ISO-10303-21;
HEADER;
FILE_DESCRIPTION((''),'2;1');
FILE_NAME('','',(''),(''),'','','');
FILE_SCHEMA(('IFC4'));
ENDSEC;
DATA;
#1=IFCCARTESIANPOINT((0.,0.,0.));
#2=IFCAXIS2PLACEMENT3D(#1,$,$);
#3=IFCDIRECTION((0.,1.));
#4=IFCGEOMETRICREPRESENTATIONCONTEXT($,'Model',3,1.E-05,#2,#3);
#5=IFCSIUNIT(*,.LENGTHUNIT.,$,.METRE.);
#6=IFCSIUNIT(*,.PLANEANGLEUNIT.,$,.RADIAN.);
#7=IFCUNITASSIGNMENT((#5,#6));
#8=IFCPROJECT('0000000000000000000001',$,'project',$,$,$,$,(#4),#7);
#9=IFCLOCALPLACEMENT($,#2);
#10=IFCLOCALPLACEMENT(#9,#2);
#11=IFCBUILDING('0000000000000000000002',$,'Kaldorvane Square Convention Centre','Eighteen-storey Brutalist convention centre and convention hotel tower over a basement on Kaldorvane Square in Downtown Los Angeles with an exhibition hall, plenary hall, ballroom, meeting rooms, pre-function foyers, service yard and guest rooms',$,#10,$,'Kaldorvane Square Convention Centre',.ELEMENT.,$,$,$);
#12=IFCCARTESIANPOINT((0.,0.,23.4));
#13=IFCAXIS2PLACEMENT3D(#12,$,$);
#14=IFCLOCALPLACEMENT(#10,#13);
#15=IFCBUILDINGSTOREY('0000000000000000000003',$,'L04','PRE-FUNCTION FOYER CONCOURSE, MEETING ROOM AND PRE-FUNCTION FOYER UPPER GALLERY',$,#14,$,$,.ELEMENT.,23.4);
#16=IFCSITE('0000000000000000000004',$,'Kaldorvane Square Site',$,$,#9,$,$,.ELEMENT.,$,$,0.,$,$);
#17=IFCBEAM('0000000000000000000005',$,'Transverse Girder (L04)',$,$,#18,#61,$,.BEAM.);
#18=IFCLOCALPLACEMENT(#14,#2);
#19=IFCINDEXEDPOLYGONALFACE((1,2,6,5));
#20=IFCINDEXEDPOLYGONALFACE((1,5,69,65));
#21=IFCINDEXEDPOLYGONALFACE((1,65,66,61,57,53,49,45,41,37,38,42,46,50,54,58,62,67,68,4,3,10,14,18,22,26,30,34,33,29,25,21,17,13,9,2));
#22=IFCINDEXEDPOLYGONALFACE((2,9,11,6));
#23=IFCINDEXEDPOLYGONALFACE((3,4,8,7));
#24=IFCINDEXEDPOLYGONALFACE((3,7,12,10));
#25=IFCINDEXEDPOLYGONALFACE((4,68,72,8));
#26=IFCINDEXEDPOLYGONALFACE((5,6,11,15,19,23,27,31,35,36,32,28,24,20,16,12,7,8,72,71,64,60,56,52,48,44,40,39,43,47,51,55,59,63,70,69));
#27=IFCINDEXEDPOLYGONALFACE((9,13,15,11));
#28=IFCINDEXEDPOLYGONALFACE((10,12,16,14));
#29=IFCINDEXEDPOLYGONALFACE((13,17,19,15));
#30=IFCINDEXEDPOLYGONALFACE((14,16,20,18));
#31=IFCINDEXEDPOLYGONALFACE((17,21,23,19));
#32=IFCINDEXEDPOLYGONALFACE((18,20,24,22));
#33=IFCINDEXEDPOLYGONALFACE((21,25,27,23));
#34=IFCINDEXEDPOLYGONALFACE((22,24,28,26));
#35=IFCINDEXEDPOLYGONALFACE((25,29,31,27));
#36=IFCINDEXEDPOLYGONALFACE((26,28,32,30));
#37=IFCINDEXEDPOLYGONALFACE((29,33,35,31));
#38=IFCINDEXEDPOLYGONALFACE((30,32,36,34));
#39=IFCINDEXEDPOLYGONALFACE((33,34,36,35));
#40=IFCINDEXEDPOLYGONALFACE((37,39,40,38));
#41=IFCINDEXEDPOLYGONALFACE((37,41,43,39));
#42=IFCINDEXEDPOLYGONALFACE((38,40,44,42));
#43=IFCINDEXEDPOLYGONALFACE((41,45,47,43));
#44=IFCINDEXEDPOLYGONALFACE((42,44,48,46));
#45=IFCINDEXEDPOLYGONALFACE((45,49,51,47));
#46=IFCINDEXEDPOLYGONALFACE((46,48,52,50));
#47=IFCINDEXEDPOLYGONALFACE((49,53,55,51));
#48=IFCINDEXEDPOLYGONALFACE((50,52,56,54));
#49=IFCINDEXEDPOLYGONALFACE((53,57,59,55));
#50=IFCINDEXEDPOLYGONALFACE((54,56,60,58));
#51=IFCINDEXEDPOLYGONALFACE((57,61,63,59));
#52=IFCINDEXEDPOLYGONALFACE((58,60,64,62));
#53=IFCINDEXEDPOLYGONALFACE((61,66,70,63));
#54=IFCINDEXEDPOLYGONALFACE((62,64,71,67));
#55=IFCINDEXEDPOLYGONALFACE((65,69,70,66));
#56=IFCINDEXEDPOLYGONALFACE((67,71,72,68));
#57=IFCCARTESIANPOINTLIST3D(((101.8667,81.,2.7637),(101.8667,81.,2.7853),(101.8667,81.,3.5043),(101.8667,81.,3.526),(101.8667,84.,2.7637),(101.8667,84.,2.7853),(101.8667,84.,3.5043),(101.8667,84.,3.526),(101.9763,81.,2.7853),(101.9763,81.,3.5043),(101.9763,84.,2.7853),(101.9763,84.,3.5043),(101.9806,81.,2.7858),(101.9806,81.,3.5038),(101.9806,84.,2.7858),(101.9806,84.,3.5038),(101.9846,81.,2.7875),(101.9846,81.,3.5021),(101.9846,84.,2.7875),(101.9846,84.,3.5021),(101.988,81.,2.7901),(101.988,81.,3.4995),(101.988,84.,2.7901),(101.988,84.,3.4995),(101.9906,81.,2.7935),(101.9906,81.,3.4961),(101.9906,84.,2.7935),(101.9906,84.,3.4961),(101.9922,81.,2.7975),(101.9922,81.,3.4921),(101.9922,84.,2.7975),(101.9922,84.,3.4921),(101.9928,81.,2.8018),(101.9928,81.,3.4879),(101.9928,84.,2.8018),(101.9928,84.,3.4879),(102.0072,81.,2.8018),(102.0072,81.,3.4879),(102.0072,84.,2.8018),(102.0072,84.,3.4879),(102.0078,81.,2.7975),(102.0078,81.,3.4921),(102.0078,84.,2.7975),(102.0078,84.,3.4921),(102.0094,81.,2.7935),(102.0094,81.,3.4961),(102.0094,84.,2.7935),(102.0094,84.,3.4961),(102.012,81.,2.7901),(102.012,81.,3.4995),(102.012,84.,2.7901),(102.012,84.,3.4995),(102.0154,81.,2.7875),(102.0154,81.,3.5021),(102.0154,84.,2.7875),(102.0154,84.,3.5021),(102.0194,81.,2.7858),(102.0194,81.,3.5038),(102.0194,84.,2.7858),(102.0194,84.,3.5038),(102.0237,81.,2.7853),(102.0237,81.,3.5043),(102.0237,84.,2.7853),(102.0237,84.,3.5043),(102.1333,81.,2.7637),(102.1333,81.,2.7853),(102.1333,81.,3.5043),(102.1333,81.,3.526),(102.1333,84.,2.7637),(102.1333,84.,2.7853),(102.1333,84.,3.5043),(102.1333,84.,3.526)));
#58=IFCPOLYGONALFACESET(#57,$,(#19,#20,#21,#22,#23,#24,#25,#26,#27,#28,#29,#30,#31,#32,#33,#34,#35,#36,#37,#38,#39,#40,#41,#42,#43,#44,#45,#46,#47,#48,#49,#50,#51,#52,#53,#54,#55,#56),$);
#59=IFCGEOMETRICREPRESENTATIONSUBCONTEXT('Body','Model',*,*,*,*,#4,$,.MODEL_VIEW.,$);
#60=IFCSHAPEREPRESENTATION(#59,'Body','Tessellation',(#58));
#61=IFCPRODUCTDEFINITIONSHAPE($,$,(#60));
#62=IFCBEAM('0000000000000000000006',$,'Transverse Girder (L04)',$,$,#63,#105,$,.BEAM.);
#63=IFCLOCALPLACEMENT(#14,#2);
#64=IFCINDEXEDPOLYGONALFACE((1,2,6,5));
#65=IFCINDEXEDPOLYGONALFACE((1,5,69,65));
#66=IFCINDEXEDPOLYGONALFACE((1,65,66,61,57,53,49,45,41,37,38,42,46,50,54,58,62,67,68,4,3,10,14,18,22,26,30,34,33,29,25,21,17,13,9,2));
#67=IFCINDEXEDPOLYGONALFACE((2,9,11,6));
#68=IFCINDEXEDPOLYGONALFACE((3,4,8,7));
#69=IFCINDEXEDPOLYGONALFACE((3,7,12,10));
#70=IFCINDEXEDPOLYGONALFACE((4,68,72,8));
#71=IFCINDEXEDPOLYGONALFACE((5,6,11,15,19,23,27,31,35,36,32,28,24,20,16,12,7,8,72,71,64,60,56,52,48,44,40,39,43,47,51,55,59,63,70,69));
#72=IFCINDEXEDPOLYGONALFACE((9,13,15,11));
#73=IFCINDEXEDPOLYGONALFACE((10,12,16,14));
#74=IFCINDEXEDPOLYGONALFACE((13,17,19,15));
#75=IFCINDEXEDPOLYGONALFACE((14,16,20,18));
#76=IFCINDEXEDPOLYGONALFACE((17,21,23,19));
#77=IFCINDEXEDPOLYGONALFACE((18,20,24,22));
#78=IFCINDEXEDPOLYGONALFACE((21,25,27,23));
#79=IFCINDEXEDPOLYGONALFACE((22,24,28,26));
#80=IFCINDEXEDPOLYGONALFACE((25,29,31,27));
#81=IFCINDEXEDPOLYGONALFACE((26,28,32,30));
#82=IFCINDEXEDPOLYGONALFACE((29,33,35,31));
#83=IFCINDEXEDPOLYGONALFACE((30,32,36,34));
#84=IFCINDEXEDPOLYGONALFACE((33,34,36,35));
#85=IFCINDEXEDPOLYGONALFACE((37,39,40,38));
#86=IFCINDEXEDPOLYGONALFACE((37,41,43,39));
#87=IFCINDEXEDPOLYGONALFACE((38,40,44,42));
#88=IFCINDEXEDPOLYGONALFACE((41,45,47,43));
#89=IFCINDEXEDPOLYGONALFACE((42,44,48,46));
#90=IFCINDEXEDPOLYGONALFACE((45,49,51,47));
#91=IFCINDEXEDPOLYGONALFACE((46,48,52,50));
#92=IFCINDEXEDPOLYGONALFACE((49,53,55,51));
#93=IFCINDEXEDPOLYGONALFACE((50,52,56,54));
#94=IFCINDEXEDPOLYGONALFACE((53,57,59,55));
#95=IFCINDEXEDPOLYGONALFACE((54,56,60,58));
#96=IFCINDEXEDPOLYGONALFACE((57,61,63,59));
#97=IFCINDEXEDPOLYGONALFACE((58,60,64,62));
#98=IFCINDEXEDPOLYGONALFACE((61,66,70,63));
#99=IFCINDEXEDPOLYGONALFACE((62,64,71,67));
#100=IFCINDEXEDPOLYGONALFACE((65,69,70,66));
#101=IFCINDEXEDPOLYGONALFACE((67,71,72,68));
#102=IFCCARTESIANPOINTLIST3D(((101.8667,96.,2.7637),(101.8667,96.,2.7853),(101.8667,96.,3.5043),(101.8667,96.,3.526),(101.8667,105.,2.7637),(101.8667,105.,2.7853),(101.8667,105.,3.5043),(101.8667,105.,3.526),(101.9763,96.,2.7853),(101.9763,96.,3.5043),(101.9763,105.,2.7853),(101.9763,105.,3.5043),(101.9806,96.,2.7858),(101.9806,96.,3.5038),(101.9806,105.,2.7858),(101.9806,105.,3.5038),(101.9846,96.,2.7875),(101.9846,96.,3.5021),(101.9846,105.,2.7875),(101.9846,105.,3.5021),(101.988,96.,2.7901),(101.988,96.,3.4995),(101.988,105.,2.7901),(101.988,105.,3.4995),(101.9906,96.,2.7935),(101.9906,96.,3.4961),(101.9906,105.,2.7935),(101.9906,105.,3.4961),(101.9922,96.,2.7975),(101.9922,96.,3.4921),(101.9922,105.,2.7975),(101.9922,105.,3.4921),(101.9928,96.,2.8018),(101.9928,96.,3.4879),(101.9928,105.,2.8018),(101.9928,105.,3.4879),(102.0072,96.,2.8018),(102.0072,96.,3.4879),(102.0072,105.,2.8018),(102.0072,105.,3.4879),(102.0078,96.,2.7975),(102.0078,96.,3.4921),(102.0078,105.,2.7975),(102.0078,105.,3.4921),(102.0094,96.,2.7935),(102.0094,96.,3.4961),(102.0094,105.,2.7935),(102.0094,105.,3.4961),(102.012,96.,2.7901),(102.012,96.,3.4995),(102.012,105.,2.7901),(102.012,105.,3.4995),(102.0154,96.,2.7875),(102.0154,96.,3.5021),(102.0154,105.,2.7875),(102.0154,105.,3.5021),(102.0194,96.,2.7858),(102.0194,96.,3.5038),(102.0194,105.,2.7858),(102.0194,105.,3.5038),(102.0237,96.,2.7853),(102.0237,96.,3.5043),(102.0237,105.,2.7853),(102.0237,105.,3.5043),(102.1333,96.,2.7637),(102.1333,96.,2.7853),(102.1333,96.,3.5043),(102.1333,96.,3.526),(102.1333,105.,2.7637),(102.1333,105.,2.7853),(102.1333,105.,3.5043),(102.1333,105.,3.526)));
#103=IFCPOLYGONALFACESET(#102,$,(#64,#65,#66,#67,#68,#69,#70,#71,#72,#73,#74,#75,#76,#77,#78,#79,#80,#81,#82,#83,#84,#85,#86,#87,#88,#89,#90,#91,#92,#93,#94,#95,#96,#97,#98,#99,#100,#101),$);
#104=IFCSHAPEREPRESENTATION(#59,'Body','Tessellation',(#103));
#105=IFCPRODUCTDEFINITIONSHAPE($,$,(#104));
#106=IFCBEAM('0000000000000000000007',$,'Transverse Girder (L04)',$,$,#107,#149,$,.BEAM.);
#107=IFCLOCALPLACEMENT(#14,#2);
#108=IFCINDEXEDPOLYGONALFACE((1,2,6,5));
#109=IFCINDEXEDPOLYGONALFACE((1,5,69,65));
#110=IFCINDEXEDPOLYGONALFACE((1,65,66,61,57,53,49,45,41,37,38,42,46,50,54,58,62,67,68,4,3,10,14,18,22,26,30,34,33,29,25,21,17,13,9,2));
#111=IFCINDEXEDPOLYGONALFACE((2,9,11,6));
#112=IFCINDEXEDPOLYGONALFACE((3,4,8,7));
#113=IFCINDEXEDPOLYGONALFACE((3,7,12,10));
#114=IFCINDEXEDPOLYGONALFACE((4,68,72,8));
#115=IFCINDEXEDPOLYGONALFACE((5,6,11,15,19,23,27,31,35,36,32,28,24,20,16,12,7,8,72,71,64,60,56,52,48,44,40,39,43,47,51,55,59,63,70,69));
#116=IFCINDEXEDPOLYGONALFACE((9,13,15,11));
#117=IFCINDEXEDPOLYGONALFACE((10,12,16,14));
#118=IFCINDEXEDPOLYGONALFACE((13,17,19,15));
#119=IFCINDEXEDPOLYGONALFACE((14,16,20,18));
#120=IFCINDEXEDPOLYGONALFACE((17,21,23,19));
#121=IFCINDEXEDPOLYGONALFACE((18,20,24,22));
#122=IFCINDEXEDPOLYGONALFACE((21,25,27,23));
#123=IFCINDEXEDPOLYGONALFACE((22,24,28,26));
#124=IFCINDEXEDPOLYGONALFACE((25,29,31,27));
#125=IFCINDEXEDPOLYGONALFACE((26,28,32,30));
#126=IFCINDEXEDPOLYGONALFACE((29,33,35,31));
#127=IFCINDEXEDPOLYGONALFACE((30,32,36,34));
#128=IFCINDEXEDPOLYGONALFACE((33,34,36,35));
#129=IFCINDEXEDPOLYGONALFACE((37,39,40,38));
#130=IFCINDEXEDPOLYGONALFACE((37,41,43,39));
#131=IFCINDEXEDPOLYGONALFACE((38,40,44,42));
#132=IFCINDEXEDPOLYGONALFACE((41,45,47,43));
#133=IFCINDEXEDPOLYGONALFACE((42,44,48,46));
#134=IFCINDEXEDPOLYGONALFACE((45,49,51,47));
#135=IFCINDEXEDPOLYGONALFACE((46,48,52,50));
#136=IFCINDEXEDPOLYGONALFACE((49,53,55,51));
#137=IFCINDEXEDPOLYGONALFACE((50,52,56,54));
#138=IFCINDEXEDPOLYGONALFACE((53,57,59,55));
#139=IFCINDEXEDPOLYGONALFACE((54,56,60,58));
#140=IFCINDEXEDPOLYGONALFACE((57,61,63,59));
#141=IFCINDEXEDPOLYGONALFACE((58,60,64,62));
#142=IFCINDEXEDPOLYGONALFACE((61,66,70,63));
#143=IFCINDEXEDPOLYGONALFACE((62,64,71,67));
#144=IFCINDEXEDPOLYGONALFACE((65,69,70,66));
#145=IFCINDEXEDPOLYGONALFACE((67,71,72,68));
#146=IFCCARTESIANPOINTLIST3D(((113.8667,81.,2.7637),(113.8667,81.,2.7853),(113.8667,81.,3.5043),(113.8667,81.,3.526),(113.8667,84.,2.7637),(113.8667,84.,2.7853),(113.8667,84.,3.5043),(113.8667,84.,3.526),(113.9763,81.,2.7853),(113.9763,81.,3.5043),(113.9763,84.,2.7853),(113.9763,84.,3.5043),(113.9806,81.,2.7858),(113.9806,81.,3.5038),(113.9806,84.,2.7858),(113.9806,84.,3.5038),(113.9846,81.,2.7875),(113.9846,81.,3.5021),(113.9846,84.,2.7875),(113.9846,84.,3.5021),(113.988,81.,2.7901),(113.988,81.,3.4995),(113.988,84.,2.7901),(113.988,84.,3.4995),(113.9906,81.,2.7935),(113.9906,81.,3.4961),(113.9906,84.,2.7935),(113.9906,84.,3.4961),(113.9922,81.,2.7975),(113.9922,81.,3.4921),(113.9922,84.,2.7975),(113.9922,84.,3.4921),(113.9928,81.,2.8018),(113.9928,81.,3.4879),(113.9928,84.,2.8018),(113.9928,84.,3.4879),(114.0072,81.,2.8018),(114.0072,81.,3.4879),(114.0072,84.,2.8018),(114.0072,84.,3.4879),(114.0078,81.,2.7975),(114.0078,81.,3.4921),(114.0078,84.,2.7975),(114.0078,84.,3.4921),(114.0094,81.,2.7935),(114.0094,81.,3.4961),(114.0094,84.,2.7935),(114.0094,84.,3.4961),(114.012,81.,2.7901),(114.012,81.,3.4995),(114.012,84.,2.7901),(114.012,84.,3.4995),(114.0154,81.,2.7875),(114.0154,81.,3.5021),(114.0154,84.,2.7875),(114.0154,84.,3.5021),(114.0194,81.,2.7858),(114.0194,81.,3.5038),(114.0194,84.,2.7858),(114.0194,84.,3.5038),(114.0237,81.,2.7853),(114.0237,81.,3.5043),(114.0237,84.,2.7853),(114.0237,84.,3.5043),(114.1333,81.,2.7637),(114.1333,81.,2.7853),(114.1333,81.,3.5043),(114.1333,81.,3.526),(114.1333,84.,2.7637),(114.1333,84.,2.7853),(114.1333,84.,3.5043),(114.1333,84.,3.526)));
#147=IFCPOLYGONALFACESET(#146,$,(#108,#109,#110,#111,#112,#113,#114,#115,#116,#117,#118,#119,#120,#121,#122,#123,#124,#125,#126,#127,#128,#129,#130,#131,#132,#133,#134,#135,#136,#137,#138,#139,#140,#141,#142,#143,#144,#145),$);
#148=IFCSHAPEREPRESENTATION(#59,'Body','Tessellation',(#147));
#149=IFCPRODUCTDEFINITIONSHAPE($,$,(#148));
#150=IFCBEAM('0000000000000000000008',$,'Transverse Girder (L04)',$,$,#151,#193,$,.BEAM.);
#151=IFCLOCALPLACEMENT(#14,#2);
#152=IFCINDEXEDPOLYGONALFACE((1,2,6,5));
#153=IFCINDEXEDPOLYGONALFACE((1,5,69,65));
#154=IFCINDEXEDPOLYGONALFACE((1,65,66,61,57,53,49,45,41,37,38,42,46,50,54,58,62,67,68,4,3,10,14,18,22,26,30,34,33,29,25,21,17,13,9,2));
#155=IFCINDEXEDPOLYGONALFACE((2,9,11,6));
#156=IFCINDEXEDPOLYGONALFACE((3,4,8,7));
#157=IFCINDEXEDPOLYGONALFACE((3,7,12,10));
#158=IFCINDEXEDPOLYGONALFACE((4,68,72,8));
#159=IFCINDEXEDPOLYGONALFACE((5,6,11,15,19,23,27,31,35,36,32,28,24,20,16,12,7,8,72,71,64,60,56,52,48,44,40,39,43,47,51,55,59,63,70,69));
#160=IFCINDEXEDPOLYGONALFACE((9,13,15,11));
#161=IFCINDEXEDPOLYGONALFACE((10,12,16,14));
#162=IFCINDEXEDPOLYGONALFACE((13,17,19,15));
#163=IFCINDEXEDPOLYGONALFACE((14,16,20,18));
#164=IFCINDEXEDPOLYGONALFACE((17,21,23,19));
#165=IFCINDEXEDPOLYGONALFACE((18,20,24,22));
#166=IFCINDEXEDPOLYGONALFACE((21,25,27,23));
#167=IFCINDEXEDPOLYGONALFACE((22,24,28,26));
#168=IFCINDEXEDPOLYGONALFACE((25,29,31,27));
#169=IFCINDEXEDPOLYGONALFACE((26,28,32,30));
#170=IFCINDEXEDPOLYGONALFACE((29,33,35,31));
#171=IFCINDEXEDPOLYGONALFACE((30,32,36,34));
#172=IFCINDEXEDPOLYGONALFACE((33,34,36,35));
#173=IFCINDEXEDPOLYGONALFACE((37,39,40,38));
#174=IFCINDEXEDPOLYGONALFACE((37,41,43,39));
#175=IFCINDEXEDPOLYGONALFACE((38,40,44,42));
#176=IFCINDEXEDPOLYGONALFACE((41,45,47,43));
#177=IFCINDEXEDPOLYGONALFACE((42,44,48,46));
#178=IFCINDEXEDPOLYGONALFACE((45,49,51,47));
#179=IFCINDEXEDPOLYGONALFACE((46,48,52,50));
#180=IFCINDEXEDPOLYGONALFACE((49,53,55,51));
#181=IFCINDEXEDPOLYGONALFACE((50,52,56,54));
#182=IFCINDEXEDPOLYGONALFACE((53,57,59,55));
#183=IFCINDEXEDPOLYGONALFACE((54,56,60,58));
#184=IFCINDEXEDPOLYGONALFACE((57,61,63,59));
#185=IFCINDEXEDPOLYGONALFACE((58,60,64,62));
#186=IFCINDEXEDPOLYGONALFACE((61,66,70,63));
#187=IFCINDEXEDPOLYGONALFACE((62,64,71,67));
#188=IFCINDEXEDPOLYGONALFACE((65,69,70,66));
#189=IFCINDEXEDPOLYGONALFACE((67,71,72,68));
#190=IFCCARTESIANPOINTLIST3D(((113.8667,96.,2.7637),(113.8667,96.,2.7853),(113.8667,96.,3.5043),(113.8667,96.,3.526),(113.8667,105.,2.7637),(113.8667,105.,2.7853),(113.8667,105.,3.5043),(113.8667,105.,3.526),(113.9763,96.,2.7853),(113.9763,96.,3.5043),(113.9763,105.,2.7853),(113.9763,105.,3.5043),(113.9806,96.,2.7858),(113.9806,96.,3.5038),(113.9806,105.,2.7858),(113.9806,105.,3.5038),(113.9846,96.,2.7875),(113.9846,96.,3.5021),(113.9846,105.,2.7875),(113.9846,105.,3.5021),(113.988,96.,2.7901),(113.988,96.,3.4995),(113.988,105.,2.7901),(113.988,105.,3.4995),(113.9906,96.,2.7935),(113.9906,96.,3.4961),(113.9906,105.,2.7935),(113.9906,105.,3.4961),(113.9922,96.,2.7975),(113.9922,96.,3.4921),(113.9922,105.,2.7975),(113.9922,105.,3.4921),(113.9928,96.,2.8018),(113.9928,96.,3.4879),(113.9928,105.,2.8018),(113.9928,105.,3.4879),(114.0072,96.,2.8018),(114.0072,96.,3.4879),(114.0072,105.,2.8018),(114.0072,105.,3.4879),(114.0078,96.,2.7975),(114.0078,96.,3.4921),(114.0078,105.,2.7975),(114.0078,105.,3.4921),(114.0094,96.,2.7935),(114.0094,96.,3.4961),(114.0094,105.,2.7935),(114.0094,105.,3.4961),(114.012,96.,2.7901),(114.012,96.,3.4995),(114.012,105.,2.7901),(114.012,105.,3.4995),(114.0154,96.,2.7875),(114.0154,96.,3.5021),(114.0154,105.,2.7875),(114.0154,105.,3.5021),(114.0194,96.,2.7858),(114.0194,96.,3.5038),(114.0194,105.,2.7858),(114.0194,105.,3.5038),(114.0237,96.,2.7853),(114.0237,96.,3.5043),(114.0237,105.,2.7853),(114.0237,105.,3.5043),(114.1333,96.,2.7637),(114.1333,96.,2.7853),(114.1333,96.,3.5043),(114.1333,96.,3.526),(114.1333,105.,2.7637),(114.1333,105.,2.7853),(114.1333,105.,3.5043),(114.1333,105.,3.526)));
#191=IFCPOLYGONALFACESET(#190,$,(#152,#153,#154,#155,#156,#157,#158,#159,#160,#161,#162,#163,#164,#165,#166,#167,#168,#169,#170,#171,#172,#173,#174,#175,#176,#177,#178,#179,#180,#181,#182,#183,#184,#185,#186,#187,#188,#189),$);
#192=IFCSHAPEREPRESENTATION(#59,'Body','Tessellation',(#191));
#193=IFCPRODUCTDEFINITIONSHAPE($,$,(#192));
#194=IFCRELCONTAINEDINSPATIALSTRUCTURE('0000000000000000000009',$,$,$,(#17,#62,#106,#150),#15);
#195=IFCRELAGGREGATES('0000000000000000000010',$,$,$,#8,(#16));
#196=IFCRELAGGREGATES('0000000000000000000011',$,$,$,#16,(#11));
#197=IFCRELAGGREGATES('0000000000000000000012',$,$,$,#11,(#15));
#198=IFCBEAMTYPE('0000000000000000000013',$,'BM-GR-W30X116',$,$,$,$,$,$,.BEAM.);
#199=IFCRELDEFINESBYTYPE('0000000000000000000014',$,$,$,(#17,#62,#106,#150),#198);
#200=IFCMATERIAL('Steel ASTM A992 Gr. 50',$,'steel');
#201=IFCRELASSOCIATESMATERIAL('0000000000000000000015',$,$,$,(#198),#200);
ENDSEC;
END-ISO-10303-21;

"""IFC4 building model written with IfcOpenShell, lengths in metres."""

from ifc_helpers import new_model, si_unit, direction, frame, origin, origin_2d, place, context, subcontext, project, spatial, i_section, extrude, material, material_profile, profile_set, type_object, element, save


model = new_model("IFC4")

# Units and contexts
model_context = context("Model", 3, precision=1e-05, world=origin(), true_north=direction((0.0, 1.0)))
body_context = subcontext(model_context, "Body", "Model", "MODEL_VIEW")
ifc_project = project(units=[si_unit("LENGTHUNIT", "METRE"), si_unit("PLANEANGLEUNIT", "RADIAN")], contexts=[model_context])

# Site, building, storey
site_placement = place(None, origin())
site = spatial("IfcSite", under=ifc_project, at=site_placement, Name="Kaldorvane Square Site", CompositionType="ELEMENT", RefElevation=0.0)
building_placement = place(site_placement, origin())
building = spatial("IfcBuilding", under=site, at=building_placement, Name="Kaldorvane Square Convention Centre", Description="Eighteen-storey Brutalist convention centre and convention hotel tower over a basement on Kaldorvane Square in Downtown Los Angeles with an exhibition hall, plenary hall, ballroom, meeting rooms, pre-function foyers, service yard and guest rooms", LongName="Kaldorvane Square Convention Centre", CompositionType="ELEMENT")
storey_placement = place(building_placement, frame((0.0, 0.0, 23.4)))
storey = spatial("IfcBuildingStorey", under=building, at=storey_placement, Name="L04", Description="PRE-FUNCTION FOYER CONCOURSE, MEETING ROOM AND PRE-FUNCTION FOYER UPPER GALLERY", CompositionType="ELEMENT", Elevation=23.4)

# Shared definitions
ifc_material = material(Name="Steel ASTM A992 Gr. 50", Category="steel")

# Beams
ifc_material_profile_1 = material_profile(ifc_material, i_section(OverallWidth=0.2666, OverallDepth=0.7623, WebThickness=0.0144, FlangeThickness=0.0216, FilletRadius=0.0165, at=origin_2d()), Name="W30X116")
ifc_profile_set_1 = profile_set([ifc_material_profile_1], Name="Steel ASTM A992 Gr. 50")
beam_type_1 = type_object("IfcBeamType", Name="BM-GR-W30X116", PredefinedType="BEAM", material=ifc_profile_set_1)
beam_1_placement = place(storey_placement, frame((102.0, 81.0, 3.1448), z_axis=(0.0, 1.0, 0.0), x_axis=(-1.0, 0.0, 0.0)))
element("IfcBeam", 1, at=beam_1_placement, inside=storey, type_object=beam_type_1, Name="Transverse Girder (L04)", PredefinedType="BEAM", context=body_context, shape_type="SweptSolid", body=[
    extrude(i_section(OverallWidth=0.2666, OverallDepth=0.7623, WebThickness=0.0144, FlangeThickness=0.0216, FilletRadius=0.0165, at=origin_2d()), origin(), (0.0, 0.0, 1.0), 3.0),
])
beam_2_placement = place(storey_placement, frame((102.0, 96.0, 3.1448), z_axis=(0.0, 1.0, 0.0), x_axis=(-1.0, 0.0, 0.0)))
element("IfcBeam", 2, at=beam_2_placement, inside=storey, type_object=beam_type_1, Name="Transverse Girder (L04)", PredefinedType="BEAM", context=body_context, shape_type="SweptSolid", body=[
    extrude(i_section(OverallWidth=0.2666, OverallDepth=0.7623, WebThickness=0.0144, FlangeThickness=0.0216, FilletRadius=0.0165, at=origin_2d()), origin(), (0.0, 0.0, 1.0), 9.0),
])
beam_3_placement = place(storey_placement, frame((114.0, 81.0, 3.1448), z_axis=(0.0, 1.0, 0.0), x_axis=(-1.0, 0.0, 0.0)))
element("IfcBeam", 3, at=beam_3_placement, inside=storey, type_object=beam_type_1, Name="Transverse Girder (L04)", PredefinedType="BEAM", context=body_context, shape_type="SweptSolid", body=[
    extrude(i_section(OverallWidth=0.2666, OverallDepth=0.7623, WebThickness=0.0144, FlangeThickness=0.0216, FilletRadius=0.0165, at=origin_2d()), origin(), (0.0, 0.0, 1.0), 3.0),
])
beam_4_placement = place(storey_placement, frame((114.0, 96.0, 3.1448), z_axis=(0.0, 1.0, 0.0), x_axis=(-1.0, 0.0, 0.0)))
element("IfcBeam", 4, at=beam_4_placement, inside=storey, type_object=beam_type_1, Name="Transverse Girder (L04)", PredefinedType="BEAM", context=body_context, shape_type="SweptSolid", body=[
    extrude(i_section(OverallWidth=0.2666, OverallDepth=0.7623, WebThickness=0.0144, FlangeThickness=0.0216, FilletRadius=0.0165, at=origin_2d()), origin(), (0.0, 0.0, 1.0), 9.0),
])

save(model, "model.ifc")
